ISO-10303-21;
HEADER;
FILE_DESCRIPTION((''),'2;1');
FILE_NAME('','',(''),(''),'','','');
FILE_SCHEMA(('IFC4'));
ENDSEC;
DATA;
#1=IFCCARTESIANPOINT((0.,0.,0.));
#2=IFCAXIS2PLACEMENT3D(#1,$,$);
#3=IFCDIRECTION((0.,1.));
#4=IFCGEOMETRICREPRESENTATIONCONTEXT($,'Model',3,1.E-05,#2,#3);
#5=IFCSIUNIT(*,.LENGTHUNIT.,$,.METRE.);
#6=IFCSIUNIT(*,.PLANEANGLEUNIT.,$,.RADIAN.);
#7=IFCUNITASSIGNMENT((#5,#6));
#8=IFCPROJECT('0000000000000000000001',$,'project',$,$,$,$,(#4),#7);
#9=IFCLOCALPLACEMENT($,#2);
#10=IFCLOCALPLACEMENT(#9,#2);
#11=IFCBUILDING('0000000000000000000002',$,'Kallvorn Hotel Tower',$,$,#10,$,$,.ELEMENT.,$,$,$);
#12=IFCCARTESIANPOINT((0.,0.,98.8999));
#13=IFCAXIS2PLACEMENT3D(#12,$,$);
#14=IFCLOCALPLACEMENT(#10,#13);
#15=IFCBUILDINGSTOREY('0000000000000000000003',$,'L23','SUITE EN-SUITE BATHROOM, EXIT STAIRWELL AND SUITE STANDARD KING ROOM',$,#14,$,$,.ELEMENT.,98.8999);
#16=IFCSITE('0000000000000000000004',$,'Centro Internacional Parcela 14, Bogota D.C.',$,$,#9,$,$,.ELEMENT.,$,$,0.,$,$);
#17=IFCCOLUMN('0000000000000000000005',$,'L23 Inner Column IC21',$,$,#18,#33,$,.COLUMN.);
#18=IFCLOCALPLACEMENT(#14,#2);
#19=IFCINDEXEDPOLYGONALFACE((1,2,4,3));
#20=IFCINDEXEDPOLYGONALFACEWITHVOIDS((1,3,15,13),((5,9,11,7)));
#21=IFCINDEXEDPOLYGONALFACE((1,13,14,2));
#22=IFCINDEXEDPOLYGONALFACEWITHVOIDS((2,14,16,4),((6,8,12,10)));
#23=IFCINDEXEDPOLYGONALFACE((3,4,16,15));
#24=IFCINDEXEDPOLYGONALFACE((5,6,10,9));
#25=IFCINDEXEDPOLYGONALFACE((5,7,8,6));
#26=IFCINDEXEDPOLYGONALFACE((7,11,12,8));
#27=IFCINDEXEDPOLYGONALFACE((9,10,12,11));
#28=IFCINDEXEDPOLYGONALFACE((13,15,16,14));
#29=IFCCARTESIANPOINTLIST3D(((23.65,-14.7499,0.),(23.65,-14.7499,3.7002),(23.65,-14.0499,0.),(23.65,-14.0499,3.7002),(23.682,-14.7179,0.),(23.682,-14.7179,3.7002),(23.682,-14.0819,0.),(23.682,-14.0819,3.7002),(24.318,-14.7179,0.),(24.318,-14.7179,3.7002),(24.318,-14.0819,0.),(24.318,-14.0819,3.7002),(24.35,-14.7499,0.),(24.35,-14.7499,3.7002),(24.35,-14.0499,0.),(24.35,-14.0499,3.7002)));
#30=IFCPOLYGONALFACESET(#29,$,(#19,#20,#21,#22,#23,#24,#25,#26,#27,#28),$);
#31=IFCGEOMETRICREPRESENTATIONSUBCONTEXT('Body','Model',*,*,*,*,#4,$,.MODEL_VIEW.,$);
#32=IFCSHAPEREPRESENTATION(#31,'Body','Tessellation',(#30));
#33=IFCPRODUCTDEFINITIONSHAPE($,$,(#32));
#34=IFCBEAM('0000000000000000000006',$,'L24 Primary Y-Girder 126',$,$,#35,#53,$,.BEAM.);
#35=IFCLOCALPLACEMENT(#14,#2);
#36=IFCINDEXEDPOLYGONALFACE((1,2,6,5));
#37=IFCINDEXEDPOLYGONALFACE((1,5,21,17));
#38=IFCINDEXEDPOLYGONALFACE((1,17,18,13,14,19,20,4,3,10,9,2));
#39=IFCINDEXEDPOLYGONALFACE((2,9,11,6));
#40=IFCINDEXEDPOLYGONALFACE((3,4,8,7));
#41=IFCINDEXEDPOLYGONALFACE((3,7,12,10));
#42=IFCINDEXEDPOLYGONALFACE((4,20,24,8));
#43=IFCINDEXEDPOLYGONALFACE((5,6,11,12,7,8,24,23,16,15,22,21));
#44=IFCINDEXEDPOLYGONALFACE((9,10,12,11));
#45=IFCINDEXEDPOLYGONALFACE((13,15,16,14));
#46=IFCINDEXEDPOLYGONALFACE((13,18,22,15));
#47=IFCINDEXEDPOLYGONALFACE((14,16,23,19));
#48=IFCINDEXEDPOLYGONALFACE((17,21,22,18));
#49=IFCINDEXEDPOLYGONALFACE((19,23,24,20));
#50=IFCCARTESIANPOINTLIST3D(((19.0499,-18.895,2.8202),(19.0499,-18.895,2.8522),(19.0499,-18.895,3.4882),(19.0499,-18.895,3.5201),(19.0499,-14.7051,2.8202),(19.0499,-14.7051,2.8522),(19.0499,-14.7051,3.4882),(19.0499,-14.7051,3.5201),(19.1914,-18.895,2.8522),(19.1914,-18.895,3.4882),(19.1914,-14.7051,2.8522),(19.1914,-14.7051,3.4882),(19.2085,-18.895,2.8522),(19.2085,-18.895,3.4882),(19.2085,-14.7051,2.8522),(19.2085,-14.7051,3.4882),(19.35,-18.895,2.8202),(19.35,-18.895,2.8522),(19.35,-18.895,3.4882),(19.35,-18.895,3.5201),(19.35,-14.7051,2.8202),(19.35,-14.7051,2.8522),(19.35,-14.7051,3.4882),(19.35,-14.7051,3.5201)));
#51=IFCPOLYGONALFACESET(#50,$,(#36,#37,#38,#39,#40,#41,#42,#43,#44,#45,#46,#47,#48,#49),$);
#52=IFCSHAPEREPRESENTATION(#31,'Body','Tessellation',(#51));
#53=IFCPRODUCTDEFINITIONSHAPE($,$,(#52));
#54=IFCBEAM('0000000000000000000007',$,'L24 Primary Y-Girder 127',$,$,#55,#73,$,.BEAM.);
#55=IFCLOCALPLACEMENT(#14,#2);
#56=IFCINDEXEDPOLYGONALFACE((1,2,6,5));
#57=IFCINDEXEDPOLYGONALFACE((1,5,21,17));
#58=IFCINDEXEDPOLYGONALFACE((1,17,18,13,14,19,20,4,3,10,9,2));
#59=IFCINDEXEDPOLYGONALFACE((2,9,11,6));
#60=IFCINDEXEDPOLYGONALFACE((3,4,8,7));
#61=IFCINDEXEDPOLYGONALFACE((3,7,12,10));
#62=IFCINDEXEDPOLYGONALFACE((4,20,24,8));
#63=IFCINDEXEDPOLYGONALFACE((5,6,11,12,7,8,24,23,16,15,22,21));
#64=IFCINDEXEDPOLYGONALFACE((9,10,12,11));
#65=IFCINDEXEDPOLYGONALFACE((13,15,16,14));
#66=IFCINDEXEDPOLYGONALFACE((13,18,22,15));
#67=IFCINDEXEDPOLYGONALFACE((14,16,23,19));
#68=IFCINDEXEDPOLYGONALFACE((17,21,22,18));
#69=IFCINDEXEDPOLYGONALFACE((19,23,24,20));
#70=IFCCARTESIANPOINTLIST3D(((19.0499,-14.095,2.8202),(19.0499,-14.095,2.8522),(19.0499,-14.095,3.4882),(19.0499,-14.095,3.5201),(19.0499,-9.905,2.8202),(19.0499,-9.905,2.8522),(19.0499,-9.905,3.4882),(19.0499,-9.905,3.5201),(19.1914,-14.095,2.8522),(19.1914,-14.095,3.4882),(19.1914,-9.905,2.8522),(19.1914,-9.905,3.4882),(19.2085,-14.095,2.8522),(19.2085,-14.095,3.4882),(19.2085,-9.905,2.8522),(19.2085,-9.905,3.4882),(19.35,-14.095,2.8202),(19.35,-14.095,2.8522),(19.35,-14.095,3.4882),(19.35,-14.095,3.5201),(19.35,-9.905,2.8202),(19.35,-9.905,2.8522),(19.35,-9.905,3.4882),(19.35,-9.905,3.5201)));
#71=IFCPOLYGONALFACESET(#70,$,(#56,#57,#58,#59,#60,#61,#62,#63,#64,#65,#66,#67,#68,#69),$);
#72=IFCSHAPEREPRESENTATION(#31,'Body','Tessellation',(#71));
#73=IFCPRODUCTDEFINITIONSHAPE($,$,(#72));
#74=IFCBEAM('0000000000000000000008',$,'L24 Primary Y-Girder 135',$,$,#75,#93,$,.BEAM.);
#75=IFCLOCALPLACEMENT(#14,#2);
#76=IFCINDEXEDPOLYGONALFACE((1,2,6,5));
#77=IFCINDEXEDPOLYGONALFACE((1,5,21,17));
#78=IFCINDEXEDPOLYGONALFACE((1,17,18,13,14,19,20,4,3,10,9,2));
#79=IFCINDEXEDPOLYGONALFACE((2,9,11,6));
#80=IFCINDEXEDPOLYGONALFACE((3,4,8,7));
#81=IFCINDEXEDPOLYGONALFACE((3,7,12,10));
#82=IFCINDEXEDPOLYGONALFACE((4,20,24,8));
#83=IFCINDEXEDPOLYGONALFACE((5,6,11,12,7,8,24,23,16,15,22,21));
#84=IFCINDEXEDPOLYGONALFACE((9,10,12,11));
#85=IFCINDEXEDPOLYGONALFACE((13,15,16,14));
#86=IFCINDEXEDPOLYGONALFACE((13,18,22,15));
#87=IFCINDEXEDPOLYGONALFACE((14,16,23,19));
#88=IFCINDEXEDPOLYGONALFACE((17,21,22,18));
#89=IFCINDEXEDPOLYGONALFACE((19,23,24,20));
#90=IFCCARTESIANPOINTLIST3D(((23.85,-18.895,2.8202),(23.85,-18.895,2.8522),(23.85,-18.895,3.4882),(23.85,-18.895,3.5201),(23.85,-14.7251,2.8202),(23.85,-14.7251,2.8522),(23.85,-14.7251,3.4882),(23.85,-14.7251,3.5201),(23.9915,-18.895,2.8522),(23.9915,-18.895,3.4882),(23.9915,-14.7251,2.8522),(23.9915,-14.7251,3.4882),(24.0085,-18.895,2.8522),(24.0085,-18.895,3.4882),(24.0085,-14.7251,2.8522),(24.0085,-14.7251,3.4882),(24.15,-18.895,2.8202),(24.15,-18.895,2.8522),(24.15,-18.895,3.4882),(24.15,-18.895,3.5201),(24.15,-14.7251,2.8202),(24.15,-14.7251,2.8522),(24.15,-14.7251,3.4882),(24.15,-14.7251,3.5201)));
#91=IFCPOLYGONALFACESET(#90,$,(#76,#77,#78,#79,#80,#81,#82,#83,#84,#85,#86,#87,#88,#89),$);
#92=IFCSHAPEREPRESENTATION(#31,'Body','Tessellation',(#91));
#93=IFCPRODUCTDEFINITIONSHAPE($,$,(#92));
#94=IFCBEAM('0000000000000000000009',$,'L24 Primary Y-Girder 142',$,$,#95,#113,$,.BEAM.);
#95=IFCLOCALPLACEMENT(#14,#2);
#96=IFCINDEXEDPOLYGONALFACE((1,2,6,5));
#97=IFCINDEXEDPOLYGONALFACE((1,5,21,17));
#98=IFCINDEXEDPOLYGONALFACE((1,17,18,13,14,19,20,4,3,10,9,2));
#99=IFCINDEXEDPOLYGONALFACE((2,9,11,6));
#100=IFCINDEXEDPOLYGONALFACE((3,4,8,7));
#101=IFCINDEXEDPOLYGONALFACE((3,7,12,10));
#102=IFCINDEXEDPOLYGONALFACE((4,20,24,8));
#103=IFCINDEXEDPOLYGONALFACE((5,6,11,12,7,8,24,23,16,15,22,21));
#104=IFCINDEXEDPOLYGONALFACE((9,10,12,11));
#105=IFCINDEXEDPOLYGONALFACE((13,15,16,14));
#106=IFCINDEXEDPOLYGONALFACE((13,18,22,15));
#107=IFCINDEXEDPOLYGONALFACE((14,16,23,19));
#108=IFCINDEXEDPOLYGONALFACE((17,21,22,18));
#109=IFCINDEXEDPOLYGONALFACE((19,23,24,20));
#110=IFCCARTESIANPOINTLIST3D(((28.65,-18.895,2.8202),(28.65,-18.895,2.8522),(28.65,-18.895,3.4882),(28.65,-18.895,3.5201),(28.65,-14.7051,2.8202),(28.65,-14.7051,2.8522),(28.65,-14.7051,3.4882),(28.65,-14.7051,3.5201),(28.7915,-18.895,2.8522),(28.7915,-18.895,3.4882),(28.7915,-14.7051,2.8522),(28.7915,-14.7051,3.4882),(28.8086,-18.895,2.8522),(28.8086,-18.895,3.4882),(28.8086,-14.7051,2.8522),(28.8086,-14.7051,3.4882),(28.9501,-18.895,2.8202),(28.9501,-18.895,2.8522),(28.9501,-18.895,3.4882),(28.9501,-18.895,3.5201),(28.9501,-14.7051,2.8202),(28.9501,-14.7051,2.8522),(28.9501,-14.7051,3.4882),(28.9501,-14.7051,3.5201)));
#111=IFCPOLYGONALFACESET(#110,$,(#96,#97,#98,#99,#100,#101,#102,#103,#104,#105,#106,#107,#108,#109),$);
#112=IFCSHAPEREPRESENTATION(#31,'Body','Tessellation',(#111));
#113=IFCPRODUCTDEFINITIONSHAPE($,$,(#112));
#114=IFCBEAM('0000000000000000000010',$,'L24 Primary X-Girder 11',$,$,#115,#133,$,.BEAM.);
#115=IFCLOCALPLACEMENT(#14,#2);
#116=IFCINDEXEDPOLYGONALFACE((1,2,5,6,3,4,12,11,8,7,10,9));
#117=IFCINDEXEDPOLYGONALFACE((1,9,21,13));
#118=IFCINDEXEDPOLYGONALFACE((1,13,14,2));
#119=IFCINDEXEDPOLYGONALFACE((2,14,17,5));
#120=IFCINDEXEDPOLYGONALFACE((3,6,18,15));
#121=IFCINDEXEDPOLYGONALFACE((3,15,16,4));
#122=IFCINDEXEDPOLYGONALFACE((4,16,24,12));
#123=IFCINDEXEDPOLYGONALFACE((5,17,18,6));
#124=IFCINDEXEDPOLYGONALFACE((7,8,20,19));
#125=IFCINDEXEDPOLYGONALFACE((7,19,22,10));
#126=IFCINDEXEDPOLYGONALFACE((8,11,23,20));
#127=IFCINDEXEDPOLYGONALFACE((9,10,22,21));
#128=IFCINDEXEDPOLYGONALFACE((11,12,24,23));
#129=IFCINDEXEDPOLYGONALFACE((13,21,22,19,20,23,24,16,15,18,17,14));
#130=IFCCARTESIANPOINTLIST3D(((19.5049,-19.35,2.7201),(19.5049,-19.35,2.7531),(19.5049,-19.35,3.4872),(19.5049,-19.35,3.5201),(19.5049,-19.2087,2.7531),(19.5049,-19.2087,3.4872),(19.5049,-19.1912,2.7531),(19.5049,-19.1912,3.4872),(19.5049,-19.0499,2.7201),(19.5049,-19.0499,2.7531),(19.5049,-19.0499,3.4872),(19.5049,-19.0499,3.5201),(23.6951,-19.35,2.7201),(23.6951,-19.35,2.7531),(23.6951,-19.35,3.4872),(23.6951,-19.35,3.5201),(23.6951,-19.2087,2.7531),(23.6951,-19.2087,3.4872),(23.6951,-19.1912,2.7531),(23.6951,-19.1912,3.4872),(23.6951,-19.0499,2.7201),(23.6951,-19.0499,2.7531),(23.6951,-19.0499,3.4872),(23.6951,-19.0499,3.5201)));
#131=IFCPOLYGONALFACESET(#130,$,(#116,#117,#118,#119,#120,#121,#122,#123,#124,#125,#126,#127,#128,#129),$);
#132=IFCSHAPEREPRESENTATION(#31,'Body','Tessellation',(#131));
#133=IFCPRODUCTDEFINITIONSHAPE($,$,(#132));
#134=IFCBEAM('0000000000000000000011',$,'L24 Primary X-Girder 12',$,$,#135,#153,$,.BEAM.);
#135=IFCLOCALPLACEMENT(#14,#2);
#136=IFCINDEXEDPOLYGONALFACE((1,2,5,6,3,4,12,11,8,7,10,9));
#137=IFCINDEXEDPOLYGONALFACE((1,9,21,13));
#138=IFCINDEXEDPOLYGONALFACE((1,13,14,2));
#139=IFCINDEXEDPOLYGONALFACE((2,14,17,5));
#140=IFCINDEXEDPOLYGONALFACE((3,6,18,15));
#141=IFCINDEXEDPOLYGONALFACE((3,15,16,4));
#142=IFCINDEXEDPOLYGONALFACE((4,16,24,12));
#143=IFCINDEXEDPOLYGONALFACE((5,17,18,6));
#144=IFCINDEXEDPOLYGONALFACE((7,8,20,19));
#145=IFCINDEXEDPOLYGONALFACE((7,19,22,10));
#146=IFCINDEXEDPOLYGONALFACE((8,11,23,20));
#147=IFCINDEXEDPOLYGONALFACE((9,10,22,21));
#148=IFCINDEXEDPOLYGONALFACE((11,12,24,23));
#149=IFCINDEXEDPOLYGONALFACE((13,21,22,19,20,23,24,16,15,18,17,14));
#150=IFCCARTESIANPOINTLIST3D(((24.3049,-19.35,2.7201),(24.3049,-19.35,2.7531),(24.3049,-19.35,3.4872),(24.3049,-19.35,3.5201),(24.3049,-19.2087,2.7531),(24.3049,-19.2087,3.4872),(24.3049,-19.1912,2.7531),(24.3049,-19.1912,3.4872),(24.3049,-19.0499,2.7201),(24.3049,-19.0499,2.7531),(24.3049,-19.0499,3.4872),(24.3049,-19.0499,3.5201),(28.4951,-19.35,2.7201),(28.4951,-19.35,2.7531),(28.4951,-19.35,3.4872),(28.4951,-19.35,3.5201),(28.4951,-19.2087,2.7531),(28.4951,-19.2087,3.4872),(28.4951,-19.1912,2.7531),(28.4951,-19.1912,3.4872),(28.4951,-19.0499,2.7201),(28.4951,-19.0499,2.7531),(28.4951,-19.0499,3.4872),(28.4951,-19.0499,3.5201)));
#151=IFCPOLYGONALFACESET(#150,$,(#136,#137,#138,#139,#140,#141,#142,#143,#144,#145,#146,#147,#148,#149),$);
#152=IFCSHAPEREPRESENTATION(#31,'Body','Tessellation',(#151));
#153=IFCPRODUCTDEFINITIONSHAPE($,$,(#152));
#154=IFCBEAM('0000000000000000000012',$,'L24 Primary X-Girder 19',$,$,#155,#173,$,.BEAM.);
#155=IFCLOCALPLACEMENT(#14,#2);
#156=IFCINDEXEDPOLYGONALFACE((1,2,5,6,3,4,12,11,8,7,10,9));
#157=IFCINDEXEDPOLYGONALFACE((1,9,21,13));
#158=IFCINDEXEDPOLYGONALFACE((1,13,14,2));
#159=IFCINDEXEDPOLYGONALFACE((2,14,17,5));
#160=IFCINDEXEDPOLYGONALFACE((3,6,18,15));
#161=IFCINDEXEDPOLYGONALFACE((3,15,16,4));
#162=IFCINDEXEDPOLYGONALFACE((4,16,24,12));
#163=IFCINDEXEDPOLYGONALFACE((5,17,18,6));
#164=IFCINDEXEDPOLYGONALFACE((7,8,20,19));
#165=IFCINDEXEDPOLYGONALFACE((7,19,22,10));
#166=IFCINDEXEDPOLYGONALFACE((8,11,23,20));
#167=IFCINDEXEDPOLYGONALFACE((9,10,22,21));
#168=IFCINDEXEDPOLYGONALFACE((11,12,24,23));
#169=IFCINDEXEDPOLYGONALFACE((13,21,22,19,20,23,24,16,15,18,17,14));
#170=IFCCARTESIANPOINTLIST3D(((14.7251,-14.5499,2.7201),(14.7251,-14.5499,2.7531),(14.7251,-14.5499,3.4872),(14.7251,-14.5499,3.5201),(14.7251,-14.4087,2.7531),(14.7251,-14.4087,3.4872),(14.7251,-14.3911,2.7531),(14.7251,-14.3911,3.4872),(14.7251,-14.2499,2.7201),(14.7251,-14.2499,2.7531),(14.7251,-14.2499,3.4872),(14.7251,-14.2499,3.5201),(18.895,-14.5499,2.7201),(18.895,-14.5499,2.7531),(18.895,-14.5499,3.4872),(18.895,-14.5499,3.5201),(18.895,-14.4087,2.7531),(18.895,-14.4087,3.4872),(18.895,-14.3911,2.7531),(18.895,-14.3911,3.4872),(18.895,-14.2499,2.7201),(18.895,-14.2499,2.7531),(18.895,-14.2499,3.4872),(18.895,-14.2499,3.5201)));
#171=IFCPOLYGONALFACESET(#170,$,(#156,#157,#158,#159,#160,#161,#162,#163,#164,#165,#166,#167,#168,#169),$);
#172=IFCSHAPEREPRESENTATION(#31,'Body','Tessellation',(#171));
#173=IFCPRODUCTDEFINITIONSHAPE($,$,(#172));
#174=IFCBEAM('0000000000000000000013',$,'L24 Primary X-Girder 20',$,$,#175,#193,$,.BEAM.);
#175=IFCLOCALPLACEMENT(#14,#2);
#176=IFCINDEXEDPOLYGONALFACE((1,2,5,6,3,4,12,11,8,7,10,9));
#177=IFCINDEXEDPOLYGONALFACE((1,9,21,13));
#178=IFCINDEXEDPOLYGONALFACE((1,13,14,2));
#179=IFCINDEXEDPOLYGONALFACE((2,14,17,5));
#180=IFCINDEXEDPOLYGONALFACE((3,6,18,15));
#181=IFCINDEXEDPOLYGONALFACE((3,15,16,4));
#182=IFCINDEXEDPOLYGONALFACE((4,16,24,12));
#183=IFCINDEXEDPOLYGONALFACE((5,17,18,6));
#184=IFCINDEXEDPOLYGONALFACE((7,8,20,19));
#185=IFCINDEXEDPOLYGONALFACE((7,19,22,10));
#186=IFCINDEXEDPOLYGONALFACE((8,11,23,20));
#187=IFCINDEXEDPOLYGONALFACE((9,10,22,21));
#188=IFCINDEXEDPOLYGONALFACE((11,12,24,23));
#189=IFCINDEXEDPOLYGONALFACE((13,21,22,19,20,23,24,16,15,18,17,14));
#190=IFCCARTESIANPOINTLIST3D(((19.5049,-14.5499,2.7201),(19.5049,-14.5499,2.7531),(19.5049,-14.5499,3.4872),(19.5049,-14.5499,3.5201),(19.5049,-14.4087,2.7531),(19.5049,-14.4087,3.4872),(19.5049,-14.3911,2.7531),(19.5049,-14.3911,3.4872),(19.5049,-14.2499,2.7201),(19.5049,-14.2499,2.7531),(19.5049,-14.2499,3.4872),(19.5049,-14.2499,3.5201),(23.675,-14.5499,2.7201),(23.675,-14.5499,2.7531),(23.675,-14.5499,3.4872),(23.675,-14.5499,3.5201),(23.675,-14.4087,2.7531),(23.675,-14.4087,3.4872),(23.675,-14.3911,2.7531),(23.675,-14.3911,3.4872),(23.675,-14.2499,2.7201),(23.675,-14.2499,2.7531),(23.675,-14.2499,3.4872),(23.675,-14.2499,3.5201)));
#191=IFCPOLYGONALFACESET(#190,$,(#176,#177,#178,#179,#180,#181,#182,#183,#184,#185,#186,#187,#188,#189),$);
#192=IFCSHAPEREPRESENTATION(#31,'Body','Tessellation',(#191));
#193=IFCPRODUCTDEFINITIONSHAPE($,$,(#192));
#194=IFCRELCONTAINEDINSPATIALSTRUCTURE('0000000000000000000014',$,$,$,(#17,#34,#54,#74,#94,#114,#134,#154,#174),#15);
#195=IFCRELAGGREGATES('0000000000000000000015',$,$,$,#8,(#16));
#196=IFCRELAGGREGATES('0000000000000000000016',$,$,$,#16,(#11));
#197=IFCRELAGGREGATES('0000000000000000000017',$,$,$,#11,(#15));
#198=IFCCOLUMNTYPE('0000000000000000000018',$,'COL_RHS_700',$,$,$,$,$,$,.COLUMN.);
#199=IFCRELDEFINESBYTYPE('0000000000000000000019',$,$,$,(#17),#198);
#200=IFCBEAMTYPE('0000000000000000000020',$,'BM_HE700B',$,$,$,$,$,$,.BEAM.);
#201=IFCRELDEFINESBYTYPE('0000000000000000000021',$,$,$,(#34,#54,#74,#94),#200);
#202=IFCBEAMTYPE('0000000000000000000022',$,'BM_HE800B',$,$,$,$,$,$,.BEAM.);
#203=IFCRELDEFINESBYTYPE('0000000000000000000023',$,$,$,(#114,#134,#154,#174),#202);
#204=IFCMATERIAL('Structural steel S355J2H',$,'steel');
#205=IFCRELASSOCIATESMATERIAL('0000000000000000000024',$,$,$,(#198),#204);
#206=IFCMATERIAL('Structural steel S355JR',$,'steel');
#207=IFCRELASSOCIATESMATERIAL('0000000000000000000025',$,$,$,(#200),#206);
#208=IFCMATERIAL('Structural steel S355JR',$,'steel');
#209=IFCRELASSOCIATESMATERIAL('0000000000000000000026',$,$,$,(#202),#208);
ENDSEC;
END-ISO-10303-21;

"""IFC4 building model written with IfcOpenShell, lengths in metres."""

from ifc_helpers import new_model, si_unit, direction, frame, origin, origin_2d, place, context, subcontext, project, spatial, hollow_rectangle, i_section, extrude, material, material_profile, profile_set, type_object, element, save


model = new_model("IFC4")

# Units and contexts
model_context = context("Model", 3, precision=1e-05, world=origin(), true_north=direction((0.0, 1.0)))
body_context = subcontext(model_context, "Body", "Model", "MODEL_VIEW")
ifc_project = project(units=[si_unit("LENGTHUNIT", "METRE"), si_unit("PLANEANGLEUNIT", "RADIAN")], contexts=[model_context])

# Site, building, storey
site_placement = place(None, origin())
site = spatial("IfcSite", under=ifc_project, at=site_placement, Name="Centro Internacional Parcela 14, Bogota D.C.", CompositionType="ELEMENT", RefElevation=0.0)
building_placement = place(site_placement, origin())
building = spatial("IfcBuilding", under=site, at=building_placement, Name="Kallvorn Hotel Tower", CompositionType="ELEMENT")
storey_placement = place(building_placement, frame((0.0, 0.0, 98.8999)))
storey = spatial("IfcBuildingStorey", under=building, at=storey_placement, Name="L23", Description="SUITE EN-SUITE BATHROOM, EXIT STAIRWELL AND SUITE STANDARD KING ROOM", CompositionType="ELEMENT", Elevation=98.8999)

# Column
ifc_material_1 = material(Name="Structural steel S355J2H", Category="steel")
ifc_material_profile_1 = material_profile(ifc_material_1, hollow_rectangle(XDim=0.7, YDim=0.7, WallThickness=0.032, at=origin_2d()), Name="RHS 700x700x32")
ifc_profile_set_1 = profile_set([ifc_material_profile_1], Name="Structural steel S355J2H")
column_type_1 = type_object("IfcColumnType", Name="COL_RHS_700", PredefinedType="COLUMN", material=ifc_profile_set_1)
column_placement = place(storey_placement, frame((24.0, -14.3999, 0.0), z_axis=(0.0, 0.0, 1.0), x_axis=(1.0, 0.0, 0.0)))
element("IfcColumn", 1, at=column_placement, inside=storey, type_object=column_type_1, Name="L23 Inner Column IC21", PredefinedType="COLUMN", context=body_context, shape_type="SweptSolid", body=[
    extrude(hollow_rectangle(XDim=0.7, YDim=0.7, WallThickness=0.032, at=origin_2d()), origin(), (0.0, 0.0, 1.0), 3.7002),
])

# Beams
ifc_material_2 = material(Name="Structural steel S355JR", Category="steel")
ifc_material_profile_2 = material_profile(ifc_material_2, i_section(OverallWidth=0.3, OverallDepth=0.7, WebThickness=0.0171, FlangeThickness=0.032, at=origin_2d()), Name="HE 700 B")
ifc_profile_set_2 = profile_set([ifc_material_profile_2], Name="Structural steel S355JR")
beam_type_1 = type_object("IfcBeamType", Name="BM_HE700B", PredefinedType="BEAM", material=ifc_profile_set_2)
for number, where, z_axis, x_axis, name in (
    (2, (19.2, -18.895, 3.1702), (0.0, 1.0, 0.0), (-1.0, 0.0, 0.0), "L24 Primary Y-Girder 126"),
    (3, (19.2, -14.095, 3.1702), (0.0, 1.0, 0.0), (-1.0, 0.0, 0.0), "L24 Primary Y-Girder 127"),
):
    element("IfcBeam", number, at=place(storey_placement, frame(where, z_axis=z_axis, x_axis=x_axis)), inside=storey, type_object=beam_type_1, Name=name, PredefinedType="BEAM", context=body_context, shape_type="SweptSolid", body=[
        extrude(i_section(OverallWidth=0.3, OverallDepth=0.7, WebThickness=0.0171, FlangeThickness=0.032, at=origin_2d()), origin(), (0.0, 0.0, 1.0), 4.1899),
    ])
beam_1_placement = place(storey_placement, frame((24.0, -18.895, 3.1702), z_axis=(0.0, 1.0, 0.0), x_axis=(-1.0, 0.0, 0.0)))
element("IfcBeam", 4, at=beam_1_placement, inside=storey, type_object=beam_type_1, Name="L24 Primary Y-Girder 135", PredefinedType="BEAM", context=body_context, shape_type="SweptSolid", body=[
    extrude(i_section(OverallWidth=0.3, OverallDepth=0.7, WebThickness=0.0171, FlangeThickness=0.032, at=origin_2d()), origin(), (0.0, 0.0, 1.0), 4.1699),
])
beam_2_placement = place(storey_placement, frame((28.8, -18.895, 3.1702), z_axis=(0.0, 1.0, 0.0), x_axis=(-1.0, 0.0, 0.0)))
element("IfcBeam", 5, at=beam_2_placement, inside=storey, type_object=beam_type_1, Name="L24 Primary Y-Girder 142", PredefinedType="BEAM", context=body_context, shape_type="SweptSolid", body=[
    extrude(i_section(OverallWidth=0.3, OverallDepth=0.7, WebThickness=0.0171, FlangeThickness=0.032, at=origin_2d()), origin(), (0.0, 0.0, 1.0), 4.1899),
])
ifc_material_3 = material(Name="Structural steel S355JR", Category="steel")
ifc_material_profile_3 = material_profile(ifc_material_3, i_section(OverallWidth=0.3, OverallDepth=0.8, WebThickness=0.0176, FlangeThickness=0.033, at=origin_2d()), Name="HE 800 B")
ifc_profile_set_3 = profile_set([ifc_material_profile_3], Name="Structural steel S355JR")
beam_type_2 = type_object("IfcBeamType", Name="BM_HE800B", PredefinedType="BEAM", material=ifc_profile_set_3)
for number, where, z_axis, x_axis, name in (
    (6, (19.5049, -19.2, 3.1201), (1.0, 0.0, 0.0), (0.0, 1.0, 0.0), "L24 Primary X-Girder 11"),
    (7, (24.3049, -19.2, 3.1201), (1.0, 0.0, 0.0), (0.0, 1.0, 0.0), "L24 Primary X-Girder 12"),
):
    element("IfcBeam", number, at=place(storey_placement, frame(where, z_axis=z_axis, x_axis=x_axis)), inside=storey, type_object=beam_type_2, Name=name, PredefinedType="BEAM", context=body_context, shape_type="SweptSolid", body=[
        extrude(i_section(OverallWidth=0.3, OverallDepth=0.8, WebThickness=0.0176, FlangeThickness=0.033, at=origin_2d()), origin(), (0.0, 0.0, 1.0), 4.1902),
    ])
beam_3_placement = place(storey_placement, frame((14.7251, -14.3999, 3.1201), z_axis=(1.0, 0.0, 0.0), x_axis=(0.0, 1.0, 0.0)))
element("IfcBeam", 8, at=beam_3_placement, inside=storey, type_object=beam_type_2, Name="L24 Primary X-Girder 19", PredefinedType="BEAM", context=body_context, shape_type="SweptSolid", body=[
    extrude(i_section(OverallWidth=0.3, OverallDepth=0.8, WebThickness=0.0176, FlangeThickness=0.033, at=origin_2d()), origin(), (0.0, 0.0, 1.0), 4.1699),
])
for number, where, z_axis, x_axis, name in (
    (9, (19.5049, -14.3999, 3.1201), (1.0, 0.0, 0.0), (0.0, 1.0, 0.0), "L24 Primary X-Girder 20"),
):
    element("IfcBeam", number, at=place(storey_placement, frame(where, z_axis=z_axis, x_axis=x_axis)), inside=storey, type_object=beam_type_2, Name=name, PredefinedType="BEAM", context=body_context, shape_type="SweptSolid", body=[
        extrude(i_section(OverallWidth=0.3, OverallDepth=0.8, WebThickness=0.0176, FlangeThickness=0.033, at=origin_2d()), origin(), (0.0, 0.0, 1.0), 4.1702),
    ])

save(model, "model.ifc")
